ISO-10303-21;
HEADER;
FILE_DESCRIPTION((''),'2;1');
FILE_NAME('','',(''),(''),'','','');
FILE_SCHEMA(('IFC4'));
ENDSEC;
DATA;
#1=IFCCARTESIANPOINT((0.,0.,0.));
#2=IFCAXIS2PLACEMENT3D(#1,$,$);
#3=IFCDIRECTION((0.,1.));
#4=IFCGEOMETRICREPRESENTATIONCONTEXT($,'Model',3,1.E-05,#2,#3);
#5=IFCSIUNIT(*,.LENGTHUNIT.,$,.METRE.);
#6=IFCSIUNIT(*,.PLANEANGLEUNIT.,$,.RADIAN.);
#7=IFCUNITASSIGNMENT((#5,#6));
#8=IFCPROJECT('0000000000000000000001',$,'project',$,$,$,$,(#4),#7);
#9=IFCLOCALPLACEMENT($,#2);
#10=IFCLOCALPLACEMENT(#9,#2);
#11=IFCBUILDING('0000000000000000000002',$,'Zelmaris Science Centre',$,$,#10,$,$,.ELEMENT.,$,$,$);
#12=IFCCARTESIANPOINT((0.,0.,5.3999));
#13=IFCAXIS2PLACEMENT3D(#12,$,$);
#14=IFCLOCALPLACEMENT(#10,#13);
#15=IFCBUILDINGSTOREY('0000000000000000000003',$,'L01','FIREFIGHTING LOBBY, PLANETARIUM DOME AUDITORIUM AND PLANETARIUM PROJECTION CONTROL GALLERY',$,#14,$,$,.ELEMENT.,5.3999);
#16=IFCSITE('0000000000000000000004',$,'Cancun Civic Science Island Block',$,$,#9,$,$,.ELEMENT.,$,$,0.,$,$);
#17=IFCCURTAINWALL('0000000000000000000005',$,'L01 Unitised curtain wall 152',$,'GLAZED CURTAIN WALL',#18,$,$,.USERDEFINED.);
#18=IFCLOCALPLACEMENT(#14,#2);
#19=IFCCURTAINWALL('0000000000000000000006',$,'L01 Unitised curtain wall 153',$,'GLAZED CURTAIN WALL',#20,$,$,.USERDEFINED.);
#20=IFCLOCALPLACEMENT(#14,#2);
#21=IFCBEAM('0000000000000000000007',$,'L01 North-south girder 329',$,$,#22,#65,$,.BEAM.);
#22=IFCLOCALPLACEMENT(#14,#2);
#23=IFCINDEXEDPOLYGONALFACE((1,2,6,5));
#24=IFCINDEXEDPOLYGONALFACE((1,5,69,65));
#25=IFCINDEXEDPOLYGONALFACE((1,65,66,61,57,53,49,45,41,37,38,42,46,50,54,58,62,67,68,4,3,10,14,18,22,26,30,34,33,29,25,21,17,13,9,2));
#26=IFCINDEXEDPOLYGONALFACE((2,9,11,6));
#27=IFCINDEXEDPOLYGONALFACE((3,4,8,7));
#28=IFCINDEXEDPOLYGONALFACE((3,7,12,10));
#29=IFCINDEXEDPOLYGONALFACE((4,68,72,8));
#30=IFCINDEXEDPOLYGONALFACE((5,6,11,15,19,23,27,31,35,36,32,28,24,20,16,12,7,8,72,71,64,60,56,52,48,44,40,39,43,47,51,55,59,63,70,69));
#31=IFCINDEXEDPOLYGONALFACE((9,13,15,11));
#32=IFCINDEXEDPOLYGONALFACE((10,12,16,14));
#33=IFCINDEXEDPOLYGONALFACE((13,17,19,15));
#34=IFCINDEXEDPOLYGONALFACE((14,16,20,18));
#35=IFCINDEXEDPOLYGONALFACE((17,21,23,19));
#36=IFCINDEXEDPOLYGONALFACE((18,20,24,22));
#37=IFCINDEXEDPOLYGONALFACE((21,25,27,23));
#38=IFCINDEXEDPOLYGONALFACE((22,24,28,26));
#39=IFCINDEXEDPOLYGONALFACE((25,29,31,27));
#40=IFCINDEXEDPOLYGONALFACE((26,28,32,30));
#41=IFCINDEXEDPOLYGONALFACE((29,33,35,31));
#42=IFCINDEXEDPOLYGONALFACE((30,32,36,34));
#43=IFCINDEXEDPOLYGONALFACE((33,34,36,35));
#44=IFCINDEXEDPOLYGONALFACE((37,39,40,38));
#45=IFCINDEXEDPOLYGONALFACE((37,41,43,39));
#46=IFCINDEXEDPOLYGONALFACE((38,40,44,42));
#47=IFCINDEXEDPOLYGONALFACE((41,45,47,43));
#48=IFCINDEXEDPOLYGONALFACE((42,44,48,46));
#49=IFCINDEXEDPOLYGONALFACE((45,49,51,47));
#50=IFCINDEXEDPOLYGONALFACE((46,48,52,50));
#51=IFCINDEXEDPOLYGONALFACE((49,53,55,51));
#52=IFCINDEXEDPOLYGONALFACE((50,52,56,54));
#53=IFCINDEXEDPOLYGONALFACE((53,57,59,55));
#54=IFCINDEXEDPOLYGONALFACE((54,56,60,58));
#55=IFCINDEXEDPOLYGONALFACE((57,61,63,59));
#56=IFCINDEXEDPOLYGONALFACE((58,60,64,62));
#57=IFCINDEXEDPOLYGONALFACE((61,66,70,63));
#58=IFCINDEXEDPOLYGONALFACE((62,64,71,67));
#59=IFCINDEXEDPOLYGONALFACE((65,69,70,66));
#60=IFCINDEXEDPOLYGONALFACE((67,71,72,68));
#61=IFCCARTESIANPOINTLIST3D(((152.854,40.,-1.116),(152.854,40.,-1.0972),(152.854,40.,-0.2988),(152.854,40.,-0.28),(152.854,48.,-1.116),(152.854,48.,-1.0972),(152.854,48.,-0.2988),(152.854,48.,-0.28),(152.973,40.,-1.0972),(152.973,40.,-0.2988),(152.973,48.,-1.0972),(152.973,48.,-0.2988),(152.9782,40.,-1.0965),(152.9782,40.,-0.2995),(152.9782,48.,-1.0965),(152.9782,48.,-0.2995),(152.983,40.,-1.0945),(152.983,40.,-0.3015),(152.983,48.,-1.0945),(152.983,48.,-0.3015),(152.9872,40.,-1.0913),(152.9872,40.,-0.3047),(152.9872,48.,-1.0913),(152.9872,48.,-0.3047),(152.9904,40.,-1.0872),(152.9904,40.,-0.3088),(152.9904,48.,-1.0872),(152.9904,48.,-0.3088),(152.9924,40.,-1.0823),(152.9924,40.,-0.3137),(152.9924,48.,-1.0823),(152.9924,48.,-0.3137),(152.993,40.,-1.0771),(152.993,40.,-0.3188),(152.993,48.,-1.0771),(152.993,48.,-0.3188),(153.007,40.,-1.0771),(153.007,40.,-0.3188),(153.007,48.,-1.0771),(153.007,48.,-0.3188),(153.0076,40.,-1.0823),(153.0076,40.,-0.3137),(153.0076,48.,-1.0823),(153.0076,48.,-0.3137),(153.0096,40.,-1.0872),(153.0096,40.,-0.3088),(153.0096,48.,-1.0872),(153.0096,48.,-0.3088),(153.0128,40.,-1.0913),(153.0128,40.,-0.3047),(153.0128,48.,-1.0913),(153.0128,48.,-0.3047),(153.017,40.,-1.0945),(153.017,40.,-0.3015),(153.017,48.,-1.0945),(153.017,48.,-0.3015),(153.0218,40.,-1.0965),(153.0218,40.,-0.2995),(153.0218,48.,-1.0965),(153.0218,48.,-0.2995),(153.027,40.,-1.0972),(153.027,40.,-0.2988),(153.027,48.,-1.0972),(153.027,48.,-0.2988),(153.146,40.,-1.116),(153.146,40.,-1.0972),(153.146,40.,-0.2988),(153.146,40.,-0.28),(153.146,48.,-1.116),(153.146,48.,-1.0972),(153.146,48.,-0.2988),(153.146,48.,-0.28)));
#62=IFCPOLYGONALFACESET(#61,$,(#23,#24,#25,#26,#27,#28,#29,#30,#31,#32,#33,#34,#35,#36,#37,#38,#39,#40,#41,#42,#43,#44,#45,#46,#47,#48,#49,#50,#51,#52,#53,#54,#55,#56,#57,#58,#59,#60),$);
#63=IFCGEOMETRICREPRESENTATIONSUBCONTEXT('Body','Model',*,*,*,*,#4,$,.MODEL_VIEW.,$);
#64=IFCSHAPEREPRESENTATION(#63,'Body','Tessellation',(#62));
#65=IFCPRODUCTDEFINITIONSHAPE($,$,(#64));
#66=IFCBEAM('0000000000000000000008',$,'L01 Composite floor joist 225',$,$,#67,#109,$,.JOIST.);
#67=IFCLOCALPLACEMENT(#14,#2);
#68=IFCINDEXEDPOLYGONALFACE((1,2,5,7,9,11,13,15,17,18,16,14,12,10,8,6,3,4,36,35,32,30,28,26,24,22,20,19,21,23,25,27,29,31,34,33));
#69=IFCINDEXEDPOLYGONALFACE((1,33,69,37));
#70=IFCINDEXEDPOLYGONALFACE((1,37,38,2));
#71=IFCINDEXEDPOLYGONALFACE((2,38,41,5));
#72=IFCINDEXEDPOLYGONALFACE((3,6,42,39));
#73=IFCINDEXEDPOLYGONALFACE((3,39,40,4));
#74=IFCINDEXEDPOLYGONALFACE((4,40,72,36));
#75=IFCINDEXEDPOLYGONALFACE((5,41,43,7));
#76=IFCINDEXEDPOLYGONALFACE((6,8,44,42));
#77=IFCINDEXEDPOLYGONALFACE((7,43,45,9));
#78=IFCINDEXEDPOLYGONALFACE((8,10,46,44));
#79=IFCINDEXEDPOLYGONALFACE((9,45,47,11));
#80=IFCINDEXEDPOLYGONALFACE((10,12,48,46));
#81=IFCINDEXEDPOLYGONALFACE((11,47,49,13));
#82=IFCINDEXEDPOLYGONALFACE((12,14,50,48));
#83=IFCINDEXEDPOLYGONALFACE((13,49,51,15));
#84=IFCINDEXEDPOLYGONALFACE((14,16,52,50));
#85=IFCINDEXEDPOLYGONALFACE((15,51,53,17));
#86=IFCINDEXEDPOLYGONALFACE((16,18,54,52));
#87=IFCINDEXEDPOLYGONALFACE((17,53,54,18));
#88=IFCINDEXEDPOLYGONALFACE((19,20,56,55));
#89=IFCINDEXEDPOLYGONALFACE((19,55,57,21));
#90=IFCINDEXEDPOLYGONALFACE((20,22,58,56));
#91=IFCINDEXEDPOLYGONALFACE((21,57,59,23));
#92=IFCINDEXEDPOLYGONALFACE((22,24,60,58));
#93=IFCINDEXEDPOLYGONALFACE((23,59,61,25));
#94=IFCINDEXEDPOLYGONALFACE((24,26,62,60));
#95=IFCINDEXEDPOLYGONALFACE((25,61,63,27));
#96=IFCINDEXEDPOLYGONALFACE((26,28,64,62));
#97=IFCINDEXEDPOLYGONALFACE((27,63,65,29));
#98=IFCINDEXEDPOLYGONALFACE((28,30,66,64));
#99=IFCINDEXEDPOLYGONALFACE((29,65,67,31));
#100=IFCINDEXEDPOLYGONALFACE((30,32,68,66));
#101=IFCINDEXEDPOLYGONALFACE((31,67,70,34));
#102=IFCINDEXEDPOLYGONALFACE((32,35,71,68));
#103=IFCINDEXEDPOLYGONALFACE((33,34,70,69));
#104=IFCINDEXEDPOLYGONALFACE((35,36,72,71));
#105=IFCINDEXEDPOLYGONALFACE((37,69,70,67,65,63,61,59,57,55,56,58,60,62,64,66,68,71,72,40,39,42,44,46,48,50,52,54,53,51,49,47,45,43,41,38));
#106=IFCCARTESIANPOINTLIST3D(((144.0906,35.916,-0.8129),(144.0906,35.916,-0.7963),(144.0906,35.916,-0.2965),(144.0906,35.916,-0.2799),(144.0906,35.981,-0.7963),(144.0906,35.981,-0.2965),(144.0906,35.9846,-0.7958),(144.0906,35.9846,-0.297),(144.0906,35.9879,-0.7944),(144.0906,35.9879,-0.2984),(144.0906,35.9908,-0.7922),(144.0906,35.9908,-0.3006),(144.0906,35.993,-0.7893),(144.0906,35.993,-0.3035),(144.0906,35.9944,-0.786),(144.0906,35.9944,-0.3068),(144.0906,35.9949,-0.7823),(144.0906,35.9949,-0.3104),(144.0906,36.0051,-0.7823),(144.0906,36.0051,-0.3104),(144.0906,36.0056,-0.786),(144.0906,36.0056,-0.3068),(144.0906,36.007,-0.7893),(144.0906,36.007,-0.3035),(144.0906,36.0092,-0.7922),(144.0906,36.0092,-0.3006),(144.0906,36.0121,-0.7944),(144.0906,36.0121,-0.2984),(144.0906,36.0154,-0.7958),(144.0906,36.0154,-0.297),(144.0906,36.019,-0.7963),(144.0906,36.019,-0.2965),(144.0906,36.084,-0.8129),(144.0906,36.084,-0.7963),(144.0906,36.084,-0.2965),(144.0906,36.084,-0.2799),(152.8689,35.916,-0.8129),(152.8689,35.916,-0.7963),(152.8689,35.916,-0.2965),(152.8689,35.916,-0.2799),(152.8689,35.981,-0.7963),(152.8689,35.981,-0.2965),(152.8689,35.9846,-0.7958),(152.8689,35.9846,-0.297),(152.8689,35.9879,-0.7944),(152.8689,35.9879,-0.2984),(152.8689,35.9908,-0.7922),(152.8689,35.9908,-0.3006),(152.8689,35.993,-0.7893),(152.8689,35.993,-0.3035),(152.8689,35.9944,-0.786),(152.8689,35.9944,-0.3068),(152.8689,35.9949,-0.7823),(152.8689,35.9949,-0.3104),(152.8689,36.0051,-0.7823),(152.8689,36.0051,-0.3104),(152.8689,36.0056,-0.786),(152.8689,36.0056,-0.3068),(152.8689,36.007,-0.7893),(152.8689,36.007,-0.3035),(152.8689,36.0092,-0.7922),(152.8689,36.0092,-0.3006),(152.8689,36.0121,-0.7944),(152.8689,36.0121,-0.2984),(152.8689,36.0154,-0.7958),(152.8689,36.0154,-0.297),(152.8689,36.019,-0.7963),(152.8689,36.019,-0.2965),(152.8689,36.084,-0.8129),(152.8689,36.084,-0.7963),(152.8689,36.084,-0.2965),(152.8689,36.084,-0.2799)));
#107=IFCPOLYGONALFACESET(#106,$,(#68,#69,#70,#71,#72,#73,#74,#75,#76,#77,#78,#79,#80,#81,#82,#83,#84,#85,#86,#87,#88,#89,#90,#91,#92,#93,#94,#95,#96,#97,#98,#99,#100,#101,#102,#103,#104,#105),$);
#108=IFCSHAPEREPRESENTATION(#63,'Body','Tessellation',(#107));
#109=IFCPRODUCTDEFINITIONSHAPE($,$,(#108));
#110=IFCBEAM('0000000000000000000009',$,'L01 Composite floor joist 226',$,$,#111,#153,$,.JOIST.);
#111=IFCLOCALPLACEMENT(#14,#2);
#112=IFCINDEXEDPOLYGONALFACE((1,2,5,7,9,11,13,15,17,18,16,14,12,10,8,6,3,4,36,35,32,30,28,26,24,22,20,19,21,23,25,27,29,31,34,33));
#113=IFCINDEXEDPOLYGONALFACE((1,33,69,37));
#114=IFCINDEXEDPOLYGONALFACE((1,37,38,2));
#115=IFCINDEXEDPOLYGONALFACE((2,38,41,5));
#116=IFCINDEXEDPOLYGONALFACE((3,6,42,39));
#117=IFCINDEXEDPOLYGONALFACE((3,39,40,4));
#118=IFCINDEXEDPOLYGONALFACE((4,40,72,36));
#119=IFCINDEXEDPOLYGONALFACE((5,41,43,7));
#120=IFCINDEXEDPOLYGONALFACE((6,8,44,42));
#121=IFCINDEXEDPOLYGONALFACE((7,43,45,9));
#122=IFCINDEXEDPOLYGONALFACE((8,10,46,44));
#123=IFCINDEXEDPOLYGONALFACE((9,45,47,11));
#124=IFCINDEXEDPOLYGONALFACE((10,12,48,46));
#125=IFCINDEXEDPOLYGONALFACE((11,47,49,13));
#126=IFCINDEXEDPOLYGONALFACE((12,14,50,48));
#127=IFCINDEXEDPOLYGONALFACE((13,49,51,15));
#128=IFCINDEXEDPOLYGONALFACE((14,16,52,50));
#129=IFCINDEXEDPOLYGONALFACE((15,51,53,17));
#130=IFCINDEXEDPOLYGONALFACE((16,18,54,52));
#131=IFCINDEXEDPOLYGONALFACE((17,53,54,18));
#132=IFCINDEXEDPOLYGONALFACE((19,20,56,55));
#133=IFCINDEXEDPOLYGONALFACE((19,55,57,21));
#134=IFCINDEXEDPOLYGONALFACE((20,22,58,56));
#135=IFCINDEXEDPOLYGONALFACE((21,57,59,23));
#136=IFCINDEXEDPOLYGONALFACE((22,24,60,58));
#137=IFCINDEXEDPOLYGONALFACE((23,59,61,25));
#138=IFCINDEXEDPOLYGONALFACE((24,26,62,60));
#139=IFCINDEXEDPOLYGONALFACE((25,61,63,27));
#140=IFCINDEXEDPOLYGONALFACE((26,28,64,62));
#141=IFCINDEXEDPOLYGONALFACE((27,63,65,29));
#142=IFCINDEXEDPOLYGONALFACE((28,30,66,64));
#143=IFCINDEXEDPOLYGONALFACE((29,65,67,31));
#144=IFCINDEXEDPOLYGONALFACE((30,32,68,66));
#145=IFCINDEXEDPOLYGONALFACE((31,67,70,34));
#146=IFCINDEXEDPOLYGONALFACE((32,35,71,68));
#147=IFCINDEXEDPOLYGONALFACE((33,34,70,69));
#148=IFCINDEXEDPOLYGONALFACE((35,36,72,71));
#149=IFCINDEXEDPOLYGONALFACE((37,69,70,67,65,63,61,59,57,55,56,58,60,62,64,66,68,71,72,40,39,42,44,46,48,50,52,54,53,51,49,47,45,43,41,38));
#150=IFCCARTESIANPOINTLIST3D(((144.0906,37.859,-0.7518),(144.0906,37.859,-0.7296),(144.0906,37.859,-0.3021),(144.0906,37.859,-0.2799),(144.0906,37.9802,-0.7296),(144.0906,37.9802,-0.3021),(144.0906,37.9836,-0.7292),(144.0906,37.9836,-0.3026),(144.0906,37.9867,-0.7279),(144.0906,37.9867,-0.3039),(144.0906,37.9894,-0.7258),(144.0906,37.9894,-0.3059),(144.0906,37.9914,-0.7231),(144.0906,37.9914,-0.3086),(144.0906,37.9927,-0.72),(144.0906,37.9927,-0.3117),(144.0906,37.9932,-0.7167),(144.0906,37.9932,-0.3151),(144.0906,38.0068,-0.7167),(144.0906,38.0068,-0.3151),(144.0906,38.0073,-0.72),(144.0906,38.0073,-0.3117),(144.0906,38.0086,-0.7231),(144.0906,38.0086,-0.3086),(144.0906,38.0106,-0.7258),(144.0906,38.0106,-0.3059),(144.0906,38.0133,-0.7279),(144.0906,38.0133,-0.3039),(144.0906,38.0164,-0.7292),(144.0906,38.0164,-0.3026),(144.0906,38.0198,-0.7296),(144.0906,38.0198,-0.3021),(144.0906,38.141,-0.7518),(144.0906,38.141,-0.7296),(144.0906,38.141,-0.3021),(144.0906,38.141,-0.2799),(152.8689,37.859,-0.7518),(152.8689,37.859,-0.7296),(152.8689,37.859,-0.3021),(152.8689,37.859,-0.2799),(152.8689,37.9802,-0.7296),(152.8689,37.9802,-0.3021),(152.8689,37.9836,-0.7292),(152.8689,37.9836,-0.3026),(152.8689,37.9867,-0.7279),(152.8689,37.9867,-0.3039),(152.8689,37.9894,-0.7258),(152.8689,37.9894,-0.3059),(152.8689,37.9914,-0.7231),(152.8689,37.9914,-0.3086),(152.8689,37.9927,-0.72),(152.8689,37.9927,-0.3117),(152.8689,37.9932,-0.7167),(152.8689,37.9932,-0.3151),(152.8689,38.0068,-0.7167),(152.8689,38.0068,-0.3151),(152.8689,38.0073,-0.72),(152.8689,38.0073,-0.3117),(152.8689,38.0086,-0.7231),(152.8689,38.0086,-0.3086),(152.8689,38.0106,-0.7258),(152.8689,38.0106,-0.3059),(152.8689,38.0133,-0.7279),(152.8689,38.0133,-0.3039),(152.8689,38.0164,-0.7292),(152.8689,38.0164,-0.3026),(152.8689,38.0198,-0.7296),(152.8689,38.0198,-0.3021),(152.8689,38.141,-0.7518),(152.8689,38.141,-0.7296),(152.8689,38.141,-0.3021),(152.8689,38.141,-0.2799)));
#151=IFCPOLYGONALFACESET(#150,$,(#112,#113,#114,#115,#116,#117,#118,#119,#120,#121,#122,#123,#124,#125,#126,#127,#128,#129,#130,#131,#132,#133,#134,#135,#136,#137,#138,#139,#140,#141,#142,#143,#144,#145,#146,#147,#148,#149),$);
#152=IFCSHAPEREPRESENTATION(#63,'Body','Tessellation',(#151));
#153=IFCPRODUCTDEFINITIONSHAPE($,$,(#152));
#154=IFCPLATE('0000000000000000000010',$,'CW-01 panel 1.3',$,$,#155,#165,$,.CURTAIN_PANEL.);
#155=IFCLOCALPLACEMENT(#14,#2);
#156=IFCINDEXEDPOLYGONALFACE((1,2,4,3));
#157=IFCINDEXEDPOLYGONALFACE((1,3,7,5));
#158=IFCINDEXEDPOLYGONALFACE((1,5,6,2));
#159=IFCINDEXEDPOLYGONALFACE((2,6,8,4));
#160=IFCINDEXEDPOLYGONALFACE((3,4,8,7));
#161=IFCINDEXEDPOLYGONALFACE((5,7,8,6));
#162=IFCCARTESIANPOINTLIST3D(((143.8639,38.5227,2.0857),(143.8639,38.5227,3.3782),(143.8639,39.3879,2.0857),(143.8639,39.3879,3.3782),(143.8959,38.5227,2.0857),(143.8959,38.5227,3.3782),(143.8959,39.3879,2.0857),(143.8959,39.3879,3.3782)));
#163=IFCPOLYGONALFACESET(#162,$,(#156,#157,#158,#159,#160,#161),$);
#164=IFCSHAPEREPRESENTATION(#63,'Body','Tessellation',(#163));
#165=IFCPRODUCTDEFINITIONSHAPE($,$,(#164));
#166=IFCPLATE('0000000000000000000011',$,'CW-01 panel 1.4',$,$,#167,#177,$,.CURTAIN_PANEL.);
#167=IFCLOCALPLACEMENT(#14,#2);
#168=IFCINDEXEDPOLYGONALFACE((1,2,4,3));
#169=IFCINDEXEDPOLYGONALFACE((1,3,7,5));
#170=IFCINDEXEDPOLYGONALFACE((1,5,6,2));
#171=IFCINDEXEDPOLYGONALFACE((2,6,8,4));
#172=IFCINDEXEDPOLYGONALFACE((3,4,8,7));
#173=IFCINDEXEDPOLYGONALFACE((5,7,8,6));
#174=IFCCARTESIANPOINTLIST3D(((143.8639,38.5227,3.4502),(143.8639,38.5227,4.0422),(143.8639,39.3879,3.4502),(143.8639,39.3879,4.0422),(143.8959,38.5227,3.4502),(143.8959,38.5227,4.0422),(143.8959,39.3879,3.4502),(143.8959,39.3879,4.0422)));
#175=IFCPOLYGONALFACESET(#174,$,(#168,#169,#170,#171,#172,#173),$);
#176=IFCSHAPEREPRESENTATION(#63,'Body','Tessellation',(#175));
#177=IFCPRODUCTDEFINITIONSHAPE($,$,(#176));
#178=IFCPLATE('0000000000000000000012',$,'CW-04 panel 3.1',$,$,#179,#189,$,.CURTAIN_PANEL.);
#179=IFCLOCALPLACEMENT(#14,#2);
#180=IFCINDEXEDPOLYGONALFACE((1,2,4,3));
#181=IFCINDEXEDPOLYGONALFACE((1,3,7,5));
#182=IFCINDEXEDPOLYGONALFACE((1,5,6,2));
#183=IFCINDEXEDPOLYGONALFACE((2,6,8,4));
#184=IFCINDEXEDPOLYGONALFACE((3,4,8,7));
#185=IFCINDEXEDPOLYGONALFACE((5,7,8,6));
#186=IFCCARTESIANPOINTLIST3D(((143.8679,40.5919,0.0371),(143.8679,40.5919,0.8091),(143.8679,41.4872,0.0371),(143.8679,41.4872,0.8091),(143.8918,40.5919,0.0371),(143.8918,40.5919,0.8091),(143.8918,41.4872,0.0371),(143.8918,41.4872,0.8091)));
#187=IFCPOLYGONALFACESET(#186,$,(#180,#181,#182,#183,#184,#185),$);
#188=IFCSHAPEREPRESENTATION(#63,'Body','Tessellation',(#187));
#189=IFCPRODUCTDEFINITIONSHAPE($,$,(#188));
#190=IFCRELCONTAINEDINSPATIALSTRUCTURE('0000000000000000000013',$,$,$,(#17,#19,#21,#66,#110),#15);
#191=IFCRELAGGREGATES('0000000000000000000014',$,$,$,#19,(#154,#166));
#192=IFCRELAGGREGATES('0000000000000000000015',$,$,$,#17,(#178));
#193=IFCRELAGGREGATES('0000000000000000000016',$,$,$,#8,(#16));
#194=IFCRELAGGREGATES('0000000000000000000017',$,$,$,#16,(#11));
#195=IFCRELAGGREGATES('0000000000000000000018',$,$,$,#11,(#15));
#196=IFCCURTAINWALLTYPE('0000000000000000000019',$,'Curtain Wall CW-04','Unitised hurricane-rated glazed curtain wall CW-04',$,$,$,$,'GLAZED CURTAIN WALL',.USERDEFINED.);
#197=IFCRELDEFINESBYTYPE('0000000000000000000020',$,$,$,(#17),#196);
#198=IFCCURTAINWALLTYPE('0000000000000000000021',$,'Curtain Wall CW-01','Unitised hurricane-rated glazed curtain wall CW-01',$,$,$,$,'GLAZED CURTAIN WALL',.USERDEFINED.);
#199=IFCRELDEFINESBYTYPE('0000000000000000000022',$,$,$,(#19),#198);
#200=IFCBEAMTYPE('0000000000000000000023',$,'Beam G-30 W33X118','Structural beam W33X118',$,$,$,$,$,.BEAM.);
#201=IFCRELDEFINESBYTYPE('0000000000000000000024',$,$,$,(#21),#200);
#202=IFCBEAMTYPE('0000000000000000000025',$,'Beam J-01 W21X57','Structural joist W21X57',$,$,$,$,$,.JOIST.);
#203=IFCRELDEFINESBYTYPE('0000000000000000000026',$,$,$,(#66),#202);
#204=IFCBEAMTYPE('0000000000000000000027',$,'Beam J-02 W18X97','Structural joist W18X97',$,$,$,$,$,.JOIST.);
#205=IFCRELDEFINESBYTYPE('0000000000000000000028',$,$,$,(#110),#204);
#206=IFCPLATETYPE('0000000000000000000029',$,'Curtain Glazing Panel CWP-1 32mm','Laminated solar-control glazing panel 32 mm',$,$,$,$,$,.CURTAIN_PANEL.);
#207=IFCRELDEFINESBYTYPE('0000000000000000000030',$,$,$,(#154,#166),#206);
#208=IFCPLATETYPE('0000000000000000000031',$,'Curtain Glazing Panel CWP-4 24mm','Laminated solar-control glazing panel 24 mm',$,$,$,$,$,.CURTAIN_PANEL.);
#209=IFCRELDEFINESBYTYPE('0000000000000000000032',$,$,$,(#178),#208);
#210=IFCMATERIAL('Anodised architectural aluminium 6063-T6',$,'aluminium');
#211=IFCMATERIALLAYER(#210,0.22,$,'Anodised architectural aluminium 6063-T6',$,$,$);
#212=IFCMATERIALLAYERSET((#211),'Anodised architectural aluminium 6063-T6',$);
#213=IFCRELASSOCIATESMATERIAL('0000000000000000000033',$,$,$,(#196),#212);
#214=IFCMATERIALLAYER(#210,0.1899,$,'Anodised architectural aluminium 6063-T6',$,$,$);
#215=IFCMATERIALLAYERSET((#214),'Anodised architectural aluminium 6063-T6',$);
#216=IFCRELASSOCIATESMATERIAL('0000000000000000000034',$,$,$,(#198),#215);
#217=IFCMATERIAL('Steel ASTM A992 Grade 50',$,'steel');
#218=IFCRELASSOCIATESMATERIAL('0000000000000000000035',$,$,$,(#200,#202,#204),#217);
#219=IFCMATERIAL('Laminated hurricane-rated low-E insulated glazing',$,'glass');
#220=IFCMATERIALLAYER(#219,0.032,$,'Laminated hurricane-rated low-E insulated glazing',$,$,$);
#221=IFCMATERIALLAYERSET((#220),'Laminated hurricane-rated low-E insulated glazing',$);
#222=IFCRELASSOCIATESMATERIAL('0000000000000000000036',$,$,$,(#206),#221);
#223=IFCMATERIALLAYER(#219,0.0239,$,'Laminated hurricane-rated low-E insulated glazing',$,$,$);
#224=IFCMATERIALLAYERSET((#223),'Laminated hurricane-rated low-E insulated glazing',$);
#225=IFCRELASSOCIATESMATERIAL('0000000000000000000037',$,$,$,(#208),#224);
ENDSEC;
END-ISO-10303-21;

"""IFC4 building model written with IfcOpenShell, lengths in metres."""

from ifc_helpers import new_model, si_unit, direction, frame, origin, origin_2d, place, context, subcontext, project, spatial, rectangle, i_section, extrude, material, layer, layer_set, material_profile, profile_set, type_object, element, aggregate, save


model = new_model("IFC4")

# Units and contexts
model_context = context("Model", 3, precision=1e-05, world=origin(), true_north=direction((0.0, 1.0)))
body_context = subcontext(model_context, "Body", "Model", "MODEL_VIEW")
ifc_project = project(units=[si_unit("LENGTHUNIT", "METRE"), si_unit("PLANEANGLEUNIT", "RADIAN")], contexts=[model_context])

# Site, building, storey
site_placement = place(None, origin())
site = spatial("IfcSite", under=ifc_project, at=site_placement, Name="Cancun Civic Science Island Block", CompositionType="ELEMENT", RefElevation=0.0)
building_placement = place(site_placement, origin())
building = spatial("IfcBuilding", under=site, at=building_placement, Name="Zelmaris Science Centre", CompositionType="ELEMENT")
storey_placement = place(building_placement, frame((0.0, 0.0, 5.3999)))
storey = spatial("IfcBuildingStorey", under=building, at=storey_placement, Name="L01", Description="FIREFIGHTING LOBBY, PLANETARIUM DOME AUDITORIUM AND PLANETARIUM PROJECTION CONTROL GALLERY", CompositionType="ELEMENT", Elevation=5.3999)

# Shared definitions
ifc_material_1 = material(Name="Steel ASTM A992 Grade 50", Category="steel")

# Curtain walls
ifc_material_2 = material(Name="Anodised architectural aluminium 6063-T6", Category="aluminium")
ifc_layer_1 = layer(ifc_material_2, 0.22, Name="Anodised architectural aluminium 6063-T6")
ifc_layer_set_1 = layer_set([ifc_layer_1], Name="Anodised architectural aluminium 6063-T6")
curtain_wall_type_1 = type_object("IfcCurtainWallType", Name="Curtain Wall CW-04", Description="Unitised hurricane-rated glazed curtain wall CW-04", ElementType="GLAZED CURTAIN WALL", PredefinedType="USERDEFINED", material=ifc_layer_set_1)
curtain_wall_1_placement = place(storey_placement, origin())
curtain_wall_1 = element("IfcCurtainWall", 1, at=curtain_wall_1_placement, inside=storey, type_object=curtain_wall_type_1, Name="L01 Unitised curtain wall 152", ObjectType="GLAZED CURTAIN WALL", PredefinedType="USERDEFINED")
ifc_layer_2 = layer(ifc_material_2, 0.1899, Name="Anodised architectural aluminium 6063-T6")
ifc_layer_set_2 = layer_set([ifc_layer_2], Name="Anodised architectural aluminium 6063-T6")
curtain_wall_type_2 = type_object("IfcCurtainWallType", Name="Curtain Wall CW-01", Description="Unitised hurricane-rated glazed curtain wall CW-01", ElementType="GLAZED CURTAIN WALL", PredefinedType="USERDEFINED", material=ifc_layer_set_2)
curtain_wall_2_placement = place(storey_placement, origin())
curtain_wall_2 = element("IfcCurtainWall", 2, at=curtain_wall_2_placement, inside=storey, type_object=curtain_wall_type_2, Name="L01 Unitised curtain wall 153", ObjectType="GLAZED CURTAIN WALL", PredefinedType="USERDEFINED")

# Beams
ifc_material_profile_1 = material_profile(ifc_material_1, i_section(OverallWidth=0.292, OverallDepth=0.8359, WebThickness=0.0139, FlangeThickness=0.0188, FilletRadius=0.02, at=origin_2d()), Name="W33X118")
ifc_profile_set_1 = profile_set([ifc_material_profile_1], Name="Steel ASTM A992 Grade 50")
beam_type_1 = type_object("IfcBeamType", Name="Beam G-30 W33X118", Description="Structural beam W33X118", PredefinedType="BEAM", material=ifc_profile_set_1)
beam_1_placement = place(storey_placement, frame((153.0, 40.0, -0.698), z_axis=(0.0, 1.0, 0.0), x_axis=(-1.0, 0.0, 0.0)))
element("IfcBeam", 3, at=beam_1_placement, inside=storey, type_object=beam_type_1, Name="L01 North-south girder 329", PredefinedType="BEAM", context=body_context, shape_type="SweptSolid", body=[
    extrude(i_section(OverallWidth=0.292, OverallDepth=0.8359, WebThickness=0.0139, FlangeThickness=0.0188, FilletRadius=0.02, at=origin_2d()), origin(), (0.0, 0.0, 1.0), 8.0),
])
ifc_material_profile_2 = material_profile(ifc_material_1, i_section(OverallWidth=0.168, OverallDepth=0.533, WebThickness=0.0103, FlangeThickness=0.0166, FilletRadius=0.0139, at=origin_2d()), Name="W21X57")
ifc_profile_set_2 = profile_set([ifc_material_profile_2], Name="Steel ASTM A992 Grade 50")
beam_type_2 = type_object("IfcBeamType", Name="Beam J-01 W21X57", Description="Structural joist W21X57", PredefinedType="JOIST", material=ifc_profile_set_2)
beam_2_placement = place(storey_placement, frame((144.0906, 36.0, -0.5464), z_axis=(1.0, 0.0, 0.0), x_axis=(0.0, 1.0, 0.0)))
element("IfcBeam", 4, at=beam_2_placement, inside=storey, type_object=beam_type_2, Name="L01 Composite floor joist 225", PredefinedType="JOIST", context=body_context, shape_type="SweptSolid", body=[
    extrude(i_section(OverallWidth=0.168, OverallDepth=0.533, WebThickness=0.0103, FlangeThickness=0.0166, FilletRadius=0.0139, at=origin_2d()), origin(), (0.0, 0.0, 1.0), 8.7783),
])
ifc_material_profile_3 = material_profile(ifc_material_1, i_section(OverallWidth=0.282, OverallDepth=0.4719, WebThickness=0.0137, FlangeThickness=0.0222, FilletRadius=0.0129, at=origin_2d()), Name="W18X97")
ifc_profile_set_3 = profile_set([ifc_material_profile_3], Name="Steel ASTM A992 Grade 50")
beam_type_3 = type_object("IfcBeamType", Name="Beam J-02 W18X97", Description="Structural joist W18X97", PredefinedType="JOIST", material=ifc_profile_set_3)
beam_3_placement = place(storey_placement, frame((144.0906, 38.0, -0.5159), z_axis=(1.0, 0.0, 0.0), x_axis=(0.0, 1.0, 0.0)))
element("IfcBeam", 5, at=beam_3_placement, inside=storey, type_object=beam_type_3, Name="L01 Composite floor joist 226", PredefinedType="JOIST", context=body_context, shape_type="SweptSolid", body=[
    extrude(i_section(OverallWidth=0.282, OverallDepth=0.4719, WebThickness=0.0137, FlangeThickness=0.0222, FilletRadius=0.0129, at=origin_2d()), origin(), (0.0, 0.0, 1.0), 8.7783),
])

# Plates
ifc_material_3 = material(Name="Laminated hurricane-rated low-E insulated glazing", Category="glass")
ifc_layer_3 = layer(ifc_material_3, 0.032, Name="Laminated hurricane-rated low-E insulated glazing")
ifc_layer_set_3 = layer_set([ifc_layer_3], Name="Laminated hurricane-rated low-E insulated glazing")
plate_type_1 = type_object("IfcPlateType", Name="Curtain Glazing Panel CWP-1 32mm", Description="Laminated solar-control glazing panel 32 mm", PredefinedType="CURTAIN_PANEL", material=ifc_layer_set_3)
plate_1_placement = place(storey_placement, frame((143.8799, 38.9553, 2.0857), z_axis=(0.0, 0.0, 1.0), x_axis=(0.0, -1.0, 0.0)))
plate_1 = element("IfcPlate", 6, at=plate_1_placement, type_object=plate_type_1, Name="CW-01 panel 1.3", PredefinedType="CURTAIN_PANEL", context=body_context, shape_type="SweptSolid", body=[
    extrude(rectangle(XDim=0.8652, YDim=0.032, at=origin_2d()), origin(), (0.0, 0.0, 1.0), 1.2925),
])
plate_2_placement = place(storey_placement, frame((143.8799, 38.9553, 3.4502), z_axis=(0.0, 0.0, 1.0), x_axis=(0.0, -1.0, 0.0)))
plate_2 = element("IfcPlate", 7, at=plate_2_placement, type_object=plate_type_1, Name="CW-01 panel 1.4", PredefinedType="CURTAIN_PANEL", context=body_context, shape_type="SweptSolid", body=[
    extrude(rectangle(XDim=0.8652, YDim=0.032, at=origin_2d()), origin(), (0.0, 0.0, 1.0), 0.592),
])
aggregate(curtain_wall_2, [plate_1, plate_2])
ifc_layer_4 = layer(ifc_material_3, 0.0239, Name="Laminated hurricane-rated low-E insulated glazing")
ifc_layer_set_4 = layer_set([ifc_layer_4], Name="Laminated hurricane-rated low-E insulated glazing")
plate_type_2 = type_object("IfcPlateType", Name="Curtain Glazing Panel CWP-4 24mm", Description="Laminated solar-control glazing panel 24 mm", PredefinedType="CURTAIN_PANEL", material=ifc_layer_set_4)
plate_3_placement = place(storey_placement, frame((143.8799, 41.0396, 0.0371), z_axis=(0.0, 0.0, 1.0), x_axis=(0.0, -1.0, 0.0)))
plate_3 = element("IfcPlate", 8, at=plate_3_placement, type_object=plate_type_2, Name="CW-04 panel 3.1", PredefinedType="CURTAIN_PANEL", context=body_context, shape_type="SweptSolid", body=[
    extrude(rectangle(XDim=0.8953, YDim=0.0239, at=origin_2d()), origin(), (0.0, 0.0, 1.0), 0.772),
])
aggregate(curtain_wall_1, [plate_3])

save(model, "model.ifc")
